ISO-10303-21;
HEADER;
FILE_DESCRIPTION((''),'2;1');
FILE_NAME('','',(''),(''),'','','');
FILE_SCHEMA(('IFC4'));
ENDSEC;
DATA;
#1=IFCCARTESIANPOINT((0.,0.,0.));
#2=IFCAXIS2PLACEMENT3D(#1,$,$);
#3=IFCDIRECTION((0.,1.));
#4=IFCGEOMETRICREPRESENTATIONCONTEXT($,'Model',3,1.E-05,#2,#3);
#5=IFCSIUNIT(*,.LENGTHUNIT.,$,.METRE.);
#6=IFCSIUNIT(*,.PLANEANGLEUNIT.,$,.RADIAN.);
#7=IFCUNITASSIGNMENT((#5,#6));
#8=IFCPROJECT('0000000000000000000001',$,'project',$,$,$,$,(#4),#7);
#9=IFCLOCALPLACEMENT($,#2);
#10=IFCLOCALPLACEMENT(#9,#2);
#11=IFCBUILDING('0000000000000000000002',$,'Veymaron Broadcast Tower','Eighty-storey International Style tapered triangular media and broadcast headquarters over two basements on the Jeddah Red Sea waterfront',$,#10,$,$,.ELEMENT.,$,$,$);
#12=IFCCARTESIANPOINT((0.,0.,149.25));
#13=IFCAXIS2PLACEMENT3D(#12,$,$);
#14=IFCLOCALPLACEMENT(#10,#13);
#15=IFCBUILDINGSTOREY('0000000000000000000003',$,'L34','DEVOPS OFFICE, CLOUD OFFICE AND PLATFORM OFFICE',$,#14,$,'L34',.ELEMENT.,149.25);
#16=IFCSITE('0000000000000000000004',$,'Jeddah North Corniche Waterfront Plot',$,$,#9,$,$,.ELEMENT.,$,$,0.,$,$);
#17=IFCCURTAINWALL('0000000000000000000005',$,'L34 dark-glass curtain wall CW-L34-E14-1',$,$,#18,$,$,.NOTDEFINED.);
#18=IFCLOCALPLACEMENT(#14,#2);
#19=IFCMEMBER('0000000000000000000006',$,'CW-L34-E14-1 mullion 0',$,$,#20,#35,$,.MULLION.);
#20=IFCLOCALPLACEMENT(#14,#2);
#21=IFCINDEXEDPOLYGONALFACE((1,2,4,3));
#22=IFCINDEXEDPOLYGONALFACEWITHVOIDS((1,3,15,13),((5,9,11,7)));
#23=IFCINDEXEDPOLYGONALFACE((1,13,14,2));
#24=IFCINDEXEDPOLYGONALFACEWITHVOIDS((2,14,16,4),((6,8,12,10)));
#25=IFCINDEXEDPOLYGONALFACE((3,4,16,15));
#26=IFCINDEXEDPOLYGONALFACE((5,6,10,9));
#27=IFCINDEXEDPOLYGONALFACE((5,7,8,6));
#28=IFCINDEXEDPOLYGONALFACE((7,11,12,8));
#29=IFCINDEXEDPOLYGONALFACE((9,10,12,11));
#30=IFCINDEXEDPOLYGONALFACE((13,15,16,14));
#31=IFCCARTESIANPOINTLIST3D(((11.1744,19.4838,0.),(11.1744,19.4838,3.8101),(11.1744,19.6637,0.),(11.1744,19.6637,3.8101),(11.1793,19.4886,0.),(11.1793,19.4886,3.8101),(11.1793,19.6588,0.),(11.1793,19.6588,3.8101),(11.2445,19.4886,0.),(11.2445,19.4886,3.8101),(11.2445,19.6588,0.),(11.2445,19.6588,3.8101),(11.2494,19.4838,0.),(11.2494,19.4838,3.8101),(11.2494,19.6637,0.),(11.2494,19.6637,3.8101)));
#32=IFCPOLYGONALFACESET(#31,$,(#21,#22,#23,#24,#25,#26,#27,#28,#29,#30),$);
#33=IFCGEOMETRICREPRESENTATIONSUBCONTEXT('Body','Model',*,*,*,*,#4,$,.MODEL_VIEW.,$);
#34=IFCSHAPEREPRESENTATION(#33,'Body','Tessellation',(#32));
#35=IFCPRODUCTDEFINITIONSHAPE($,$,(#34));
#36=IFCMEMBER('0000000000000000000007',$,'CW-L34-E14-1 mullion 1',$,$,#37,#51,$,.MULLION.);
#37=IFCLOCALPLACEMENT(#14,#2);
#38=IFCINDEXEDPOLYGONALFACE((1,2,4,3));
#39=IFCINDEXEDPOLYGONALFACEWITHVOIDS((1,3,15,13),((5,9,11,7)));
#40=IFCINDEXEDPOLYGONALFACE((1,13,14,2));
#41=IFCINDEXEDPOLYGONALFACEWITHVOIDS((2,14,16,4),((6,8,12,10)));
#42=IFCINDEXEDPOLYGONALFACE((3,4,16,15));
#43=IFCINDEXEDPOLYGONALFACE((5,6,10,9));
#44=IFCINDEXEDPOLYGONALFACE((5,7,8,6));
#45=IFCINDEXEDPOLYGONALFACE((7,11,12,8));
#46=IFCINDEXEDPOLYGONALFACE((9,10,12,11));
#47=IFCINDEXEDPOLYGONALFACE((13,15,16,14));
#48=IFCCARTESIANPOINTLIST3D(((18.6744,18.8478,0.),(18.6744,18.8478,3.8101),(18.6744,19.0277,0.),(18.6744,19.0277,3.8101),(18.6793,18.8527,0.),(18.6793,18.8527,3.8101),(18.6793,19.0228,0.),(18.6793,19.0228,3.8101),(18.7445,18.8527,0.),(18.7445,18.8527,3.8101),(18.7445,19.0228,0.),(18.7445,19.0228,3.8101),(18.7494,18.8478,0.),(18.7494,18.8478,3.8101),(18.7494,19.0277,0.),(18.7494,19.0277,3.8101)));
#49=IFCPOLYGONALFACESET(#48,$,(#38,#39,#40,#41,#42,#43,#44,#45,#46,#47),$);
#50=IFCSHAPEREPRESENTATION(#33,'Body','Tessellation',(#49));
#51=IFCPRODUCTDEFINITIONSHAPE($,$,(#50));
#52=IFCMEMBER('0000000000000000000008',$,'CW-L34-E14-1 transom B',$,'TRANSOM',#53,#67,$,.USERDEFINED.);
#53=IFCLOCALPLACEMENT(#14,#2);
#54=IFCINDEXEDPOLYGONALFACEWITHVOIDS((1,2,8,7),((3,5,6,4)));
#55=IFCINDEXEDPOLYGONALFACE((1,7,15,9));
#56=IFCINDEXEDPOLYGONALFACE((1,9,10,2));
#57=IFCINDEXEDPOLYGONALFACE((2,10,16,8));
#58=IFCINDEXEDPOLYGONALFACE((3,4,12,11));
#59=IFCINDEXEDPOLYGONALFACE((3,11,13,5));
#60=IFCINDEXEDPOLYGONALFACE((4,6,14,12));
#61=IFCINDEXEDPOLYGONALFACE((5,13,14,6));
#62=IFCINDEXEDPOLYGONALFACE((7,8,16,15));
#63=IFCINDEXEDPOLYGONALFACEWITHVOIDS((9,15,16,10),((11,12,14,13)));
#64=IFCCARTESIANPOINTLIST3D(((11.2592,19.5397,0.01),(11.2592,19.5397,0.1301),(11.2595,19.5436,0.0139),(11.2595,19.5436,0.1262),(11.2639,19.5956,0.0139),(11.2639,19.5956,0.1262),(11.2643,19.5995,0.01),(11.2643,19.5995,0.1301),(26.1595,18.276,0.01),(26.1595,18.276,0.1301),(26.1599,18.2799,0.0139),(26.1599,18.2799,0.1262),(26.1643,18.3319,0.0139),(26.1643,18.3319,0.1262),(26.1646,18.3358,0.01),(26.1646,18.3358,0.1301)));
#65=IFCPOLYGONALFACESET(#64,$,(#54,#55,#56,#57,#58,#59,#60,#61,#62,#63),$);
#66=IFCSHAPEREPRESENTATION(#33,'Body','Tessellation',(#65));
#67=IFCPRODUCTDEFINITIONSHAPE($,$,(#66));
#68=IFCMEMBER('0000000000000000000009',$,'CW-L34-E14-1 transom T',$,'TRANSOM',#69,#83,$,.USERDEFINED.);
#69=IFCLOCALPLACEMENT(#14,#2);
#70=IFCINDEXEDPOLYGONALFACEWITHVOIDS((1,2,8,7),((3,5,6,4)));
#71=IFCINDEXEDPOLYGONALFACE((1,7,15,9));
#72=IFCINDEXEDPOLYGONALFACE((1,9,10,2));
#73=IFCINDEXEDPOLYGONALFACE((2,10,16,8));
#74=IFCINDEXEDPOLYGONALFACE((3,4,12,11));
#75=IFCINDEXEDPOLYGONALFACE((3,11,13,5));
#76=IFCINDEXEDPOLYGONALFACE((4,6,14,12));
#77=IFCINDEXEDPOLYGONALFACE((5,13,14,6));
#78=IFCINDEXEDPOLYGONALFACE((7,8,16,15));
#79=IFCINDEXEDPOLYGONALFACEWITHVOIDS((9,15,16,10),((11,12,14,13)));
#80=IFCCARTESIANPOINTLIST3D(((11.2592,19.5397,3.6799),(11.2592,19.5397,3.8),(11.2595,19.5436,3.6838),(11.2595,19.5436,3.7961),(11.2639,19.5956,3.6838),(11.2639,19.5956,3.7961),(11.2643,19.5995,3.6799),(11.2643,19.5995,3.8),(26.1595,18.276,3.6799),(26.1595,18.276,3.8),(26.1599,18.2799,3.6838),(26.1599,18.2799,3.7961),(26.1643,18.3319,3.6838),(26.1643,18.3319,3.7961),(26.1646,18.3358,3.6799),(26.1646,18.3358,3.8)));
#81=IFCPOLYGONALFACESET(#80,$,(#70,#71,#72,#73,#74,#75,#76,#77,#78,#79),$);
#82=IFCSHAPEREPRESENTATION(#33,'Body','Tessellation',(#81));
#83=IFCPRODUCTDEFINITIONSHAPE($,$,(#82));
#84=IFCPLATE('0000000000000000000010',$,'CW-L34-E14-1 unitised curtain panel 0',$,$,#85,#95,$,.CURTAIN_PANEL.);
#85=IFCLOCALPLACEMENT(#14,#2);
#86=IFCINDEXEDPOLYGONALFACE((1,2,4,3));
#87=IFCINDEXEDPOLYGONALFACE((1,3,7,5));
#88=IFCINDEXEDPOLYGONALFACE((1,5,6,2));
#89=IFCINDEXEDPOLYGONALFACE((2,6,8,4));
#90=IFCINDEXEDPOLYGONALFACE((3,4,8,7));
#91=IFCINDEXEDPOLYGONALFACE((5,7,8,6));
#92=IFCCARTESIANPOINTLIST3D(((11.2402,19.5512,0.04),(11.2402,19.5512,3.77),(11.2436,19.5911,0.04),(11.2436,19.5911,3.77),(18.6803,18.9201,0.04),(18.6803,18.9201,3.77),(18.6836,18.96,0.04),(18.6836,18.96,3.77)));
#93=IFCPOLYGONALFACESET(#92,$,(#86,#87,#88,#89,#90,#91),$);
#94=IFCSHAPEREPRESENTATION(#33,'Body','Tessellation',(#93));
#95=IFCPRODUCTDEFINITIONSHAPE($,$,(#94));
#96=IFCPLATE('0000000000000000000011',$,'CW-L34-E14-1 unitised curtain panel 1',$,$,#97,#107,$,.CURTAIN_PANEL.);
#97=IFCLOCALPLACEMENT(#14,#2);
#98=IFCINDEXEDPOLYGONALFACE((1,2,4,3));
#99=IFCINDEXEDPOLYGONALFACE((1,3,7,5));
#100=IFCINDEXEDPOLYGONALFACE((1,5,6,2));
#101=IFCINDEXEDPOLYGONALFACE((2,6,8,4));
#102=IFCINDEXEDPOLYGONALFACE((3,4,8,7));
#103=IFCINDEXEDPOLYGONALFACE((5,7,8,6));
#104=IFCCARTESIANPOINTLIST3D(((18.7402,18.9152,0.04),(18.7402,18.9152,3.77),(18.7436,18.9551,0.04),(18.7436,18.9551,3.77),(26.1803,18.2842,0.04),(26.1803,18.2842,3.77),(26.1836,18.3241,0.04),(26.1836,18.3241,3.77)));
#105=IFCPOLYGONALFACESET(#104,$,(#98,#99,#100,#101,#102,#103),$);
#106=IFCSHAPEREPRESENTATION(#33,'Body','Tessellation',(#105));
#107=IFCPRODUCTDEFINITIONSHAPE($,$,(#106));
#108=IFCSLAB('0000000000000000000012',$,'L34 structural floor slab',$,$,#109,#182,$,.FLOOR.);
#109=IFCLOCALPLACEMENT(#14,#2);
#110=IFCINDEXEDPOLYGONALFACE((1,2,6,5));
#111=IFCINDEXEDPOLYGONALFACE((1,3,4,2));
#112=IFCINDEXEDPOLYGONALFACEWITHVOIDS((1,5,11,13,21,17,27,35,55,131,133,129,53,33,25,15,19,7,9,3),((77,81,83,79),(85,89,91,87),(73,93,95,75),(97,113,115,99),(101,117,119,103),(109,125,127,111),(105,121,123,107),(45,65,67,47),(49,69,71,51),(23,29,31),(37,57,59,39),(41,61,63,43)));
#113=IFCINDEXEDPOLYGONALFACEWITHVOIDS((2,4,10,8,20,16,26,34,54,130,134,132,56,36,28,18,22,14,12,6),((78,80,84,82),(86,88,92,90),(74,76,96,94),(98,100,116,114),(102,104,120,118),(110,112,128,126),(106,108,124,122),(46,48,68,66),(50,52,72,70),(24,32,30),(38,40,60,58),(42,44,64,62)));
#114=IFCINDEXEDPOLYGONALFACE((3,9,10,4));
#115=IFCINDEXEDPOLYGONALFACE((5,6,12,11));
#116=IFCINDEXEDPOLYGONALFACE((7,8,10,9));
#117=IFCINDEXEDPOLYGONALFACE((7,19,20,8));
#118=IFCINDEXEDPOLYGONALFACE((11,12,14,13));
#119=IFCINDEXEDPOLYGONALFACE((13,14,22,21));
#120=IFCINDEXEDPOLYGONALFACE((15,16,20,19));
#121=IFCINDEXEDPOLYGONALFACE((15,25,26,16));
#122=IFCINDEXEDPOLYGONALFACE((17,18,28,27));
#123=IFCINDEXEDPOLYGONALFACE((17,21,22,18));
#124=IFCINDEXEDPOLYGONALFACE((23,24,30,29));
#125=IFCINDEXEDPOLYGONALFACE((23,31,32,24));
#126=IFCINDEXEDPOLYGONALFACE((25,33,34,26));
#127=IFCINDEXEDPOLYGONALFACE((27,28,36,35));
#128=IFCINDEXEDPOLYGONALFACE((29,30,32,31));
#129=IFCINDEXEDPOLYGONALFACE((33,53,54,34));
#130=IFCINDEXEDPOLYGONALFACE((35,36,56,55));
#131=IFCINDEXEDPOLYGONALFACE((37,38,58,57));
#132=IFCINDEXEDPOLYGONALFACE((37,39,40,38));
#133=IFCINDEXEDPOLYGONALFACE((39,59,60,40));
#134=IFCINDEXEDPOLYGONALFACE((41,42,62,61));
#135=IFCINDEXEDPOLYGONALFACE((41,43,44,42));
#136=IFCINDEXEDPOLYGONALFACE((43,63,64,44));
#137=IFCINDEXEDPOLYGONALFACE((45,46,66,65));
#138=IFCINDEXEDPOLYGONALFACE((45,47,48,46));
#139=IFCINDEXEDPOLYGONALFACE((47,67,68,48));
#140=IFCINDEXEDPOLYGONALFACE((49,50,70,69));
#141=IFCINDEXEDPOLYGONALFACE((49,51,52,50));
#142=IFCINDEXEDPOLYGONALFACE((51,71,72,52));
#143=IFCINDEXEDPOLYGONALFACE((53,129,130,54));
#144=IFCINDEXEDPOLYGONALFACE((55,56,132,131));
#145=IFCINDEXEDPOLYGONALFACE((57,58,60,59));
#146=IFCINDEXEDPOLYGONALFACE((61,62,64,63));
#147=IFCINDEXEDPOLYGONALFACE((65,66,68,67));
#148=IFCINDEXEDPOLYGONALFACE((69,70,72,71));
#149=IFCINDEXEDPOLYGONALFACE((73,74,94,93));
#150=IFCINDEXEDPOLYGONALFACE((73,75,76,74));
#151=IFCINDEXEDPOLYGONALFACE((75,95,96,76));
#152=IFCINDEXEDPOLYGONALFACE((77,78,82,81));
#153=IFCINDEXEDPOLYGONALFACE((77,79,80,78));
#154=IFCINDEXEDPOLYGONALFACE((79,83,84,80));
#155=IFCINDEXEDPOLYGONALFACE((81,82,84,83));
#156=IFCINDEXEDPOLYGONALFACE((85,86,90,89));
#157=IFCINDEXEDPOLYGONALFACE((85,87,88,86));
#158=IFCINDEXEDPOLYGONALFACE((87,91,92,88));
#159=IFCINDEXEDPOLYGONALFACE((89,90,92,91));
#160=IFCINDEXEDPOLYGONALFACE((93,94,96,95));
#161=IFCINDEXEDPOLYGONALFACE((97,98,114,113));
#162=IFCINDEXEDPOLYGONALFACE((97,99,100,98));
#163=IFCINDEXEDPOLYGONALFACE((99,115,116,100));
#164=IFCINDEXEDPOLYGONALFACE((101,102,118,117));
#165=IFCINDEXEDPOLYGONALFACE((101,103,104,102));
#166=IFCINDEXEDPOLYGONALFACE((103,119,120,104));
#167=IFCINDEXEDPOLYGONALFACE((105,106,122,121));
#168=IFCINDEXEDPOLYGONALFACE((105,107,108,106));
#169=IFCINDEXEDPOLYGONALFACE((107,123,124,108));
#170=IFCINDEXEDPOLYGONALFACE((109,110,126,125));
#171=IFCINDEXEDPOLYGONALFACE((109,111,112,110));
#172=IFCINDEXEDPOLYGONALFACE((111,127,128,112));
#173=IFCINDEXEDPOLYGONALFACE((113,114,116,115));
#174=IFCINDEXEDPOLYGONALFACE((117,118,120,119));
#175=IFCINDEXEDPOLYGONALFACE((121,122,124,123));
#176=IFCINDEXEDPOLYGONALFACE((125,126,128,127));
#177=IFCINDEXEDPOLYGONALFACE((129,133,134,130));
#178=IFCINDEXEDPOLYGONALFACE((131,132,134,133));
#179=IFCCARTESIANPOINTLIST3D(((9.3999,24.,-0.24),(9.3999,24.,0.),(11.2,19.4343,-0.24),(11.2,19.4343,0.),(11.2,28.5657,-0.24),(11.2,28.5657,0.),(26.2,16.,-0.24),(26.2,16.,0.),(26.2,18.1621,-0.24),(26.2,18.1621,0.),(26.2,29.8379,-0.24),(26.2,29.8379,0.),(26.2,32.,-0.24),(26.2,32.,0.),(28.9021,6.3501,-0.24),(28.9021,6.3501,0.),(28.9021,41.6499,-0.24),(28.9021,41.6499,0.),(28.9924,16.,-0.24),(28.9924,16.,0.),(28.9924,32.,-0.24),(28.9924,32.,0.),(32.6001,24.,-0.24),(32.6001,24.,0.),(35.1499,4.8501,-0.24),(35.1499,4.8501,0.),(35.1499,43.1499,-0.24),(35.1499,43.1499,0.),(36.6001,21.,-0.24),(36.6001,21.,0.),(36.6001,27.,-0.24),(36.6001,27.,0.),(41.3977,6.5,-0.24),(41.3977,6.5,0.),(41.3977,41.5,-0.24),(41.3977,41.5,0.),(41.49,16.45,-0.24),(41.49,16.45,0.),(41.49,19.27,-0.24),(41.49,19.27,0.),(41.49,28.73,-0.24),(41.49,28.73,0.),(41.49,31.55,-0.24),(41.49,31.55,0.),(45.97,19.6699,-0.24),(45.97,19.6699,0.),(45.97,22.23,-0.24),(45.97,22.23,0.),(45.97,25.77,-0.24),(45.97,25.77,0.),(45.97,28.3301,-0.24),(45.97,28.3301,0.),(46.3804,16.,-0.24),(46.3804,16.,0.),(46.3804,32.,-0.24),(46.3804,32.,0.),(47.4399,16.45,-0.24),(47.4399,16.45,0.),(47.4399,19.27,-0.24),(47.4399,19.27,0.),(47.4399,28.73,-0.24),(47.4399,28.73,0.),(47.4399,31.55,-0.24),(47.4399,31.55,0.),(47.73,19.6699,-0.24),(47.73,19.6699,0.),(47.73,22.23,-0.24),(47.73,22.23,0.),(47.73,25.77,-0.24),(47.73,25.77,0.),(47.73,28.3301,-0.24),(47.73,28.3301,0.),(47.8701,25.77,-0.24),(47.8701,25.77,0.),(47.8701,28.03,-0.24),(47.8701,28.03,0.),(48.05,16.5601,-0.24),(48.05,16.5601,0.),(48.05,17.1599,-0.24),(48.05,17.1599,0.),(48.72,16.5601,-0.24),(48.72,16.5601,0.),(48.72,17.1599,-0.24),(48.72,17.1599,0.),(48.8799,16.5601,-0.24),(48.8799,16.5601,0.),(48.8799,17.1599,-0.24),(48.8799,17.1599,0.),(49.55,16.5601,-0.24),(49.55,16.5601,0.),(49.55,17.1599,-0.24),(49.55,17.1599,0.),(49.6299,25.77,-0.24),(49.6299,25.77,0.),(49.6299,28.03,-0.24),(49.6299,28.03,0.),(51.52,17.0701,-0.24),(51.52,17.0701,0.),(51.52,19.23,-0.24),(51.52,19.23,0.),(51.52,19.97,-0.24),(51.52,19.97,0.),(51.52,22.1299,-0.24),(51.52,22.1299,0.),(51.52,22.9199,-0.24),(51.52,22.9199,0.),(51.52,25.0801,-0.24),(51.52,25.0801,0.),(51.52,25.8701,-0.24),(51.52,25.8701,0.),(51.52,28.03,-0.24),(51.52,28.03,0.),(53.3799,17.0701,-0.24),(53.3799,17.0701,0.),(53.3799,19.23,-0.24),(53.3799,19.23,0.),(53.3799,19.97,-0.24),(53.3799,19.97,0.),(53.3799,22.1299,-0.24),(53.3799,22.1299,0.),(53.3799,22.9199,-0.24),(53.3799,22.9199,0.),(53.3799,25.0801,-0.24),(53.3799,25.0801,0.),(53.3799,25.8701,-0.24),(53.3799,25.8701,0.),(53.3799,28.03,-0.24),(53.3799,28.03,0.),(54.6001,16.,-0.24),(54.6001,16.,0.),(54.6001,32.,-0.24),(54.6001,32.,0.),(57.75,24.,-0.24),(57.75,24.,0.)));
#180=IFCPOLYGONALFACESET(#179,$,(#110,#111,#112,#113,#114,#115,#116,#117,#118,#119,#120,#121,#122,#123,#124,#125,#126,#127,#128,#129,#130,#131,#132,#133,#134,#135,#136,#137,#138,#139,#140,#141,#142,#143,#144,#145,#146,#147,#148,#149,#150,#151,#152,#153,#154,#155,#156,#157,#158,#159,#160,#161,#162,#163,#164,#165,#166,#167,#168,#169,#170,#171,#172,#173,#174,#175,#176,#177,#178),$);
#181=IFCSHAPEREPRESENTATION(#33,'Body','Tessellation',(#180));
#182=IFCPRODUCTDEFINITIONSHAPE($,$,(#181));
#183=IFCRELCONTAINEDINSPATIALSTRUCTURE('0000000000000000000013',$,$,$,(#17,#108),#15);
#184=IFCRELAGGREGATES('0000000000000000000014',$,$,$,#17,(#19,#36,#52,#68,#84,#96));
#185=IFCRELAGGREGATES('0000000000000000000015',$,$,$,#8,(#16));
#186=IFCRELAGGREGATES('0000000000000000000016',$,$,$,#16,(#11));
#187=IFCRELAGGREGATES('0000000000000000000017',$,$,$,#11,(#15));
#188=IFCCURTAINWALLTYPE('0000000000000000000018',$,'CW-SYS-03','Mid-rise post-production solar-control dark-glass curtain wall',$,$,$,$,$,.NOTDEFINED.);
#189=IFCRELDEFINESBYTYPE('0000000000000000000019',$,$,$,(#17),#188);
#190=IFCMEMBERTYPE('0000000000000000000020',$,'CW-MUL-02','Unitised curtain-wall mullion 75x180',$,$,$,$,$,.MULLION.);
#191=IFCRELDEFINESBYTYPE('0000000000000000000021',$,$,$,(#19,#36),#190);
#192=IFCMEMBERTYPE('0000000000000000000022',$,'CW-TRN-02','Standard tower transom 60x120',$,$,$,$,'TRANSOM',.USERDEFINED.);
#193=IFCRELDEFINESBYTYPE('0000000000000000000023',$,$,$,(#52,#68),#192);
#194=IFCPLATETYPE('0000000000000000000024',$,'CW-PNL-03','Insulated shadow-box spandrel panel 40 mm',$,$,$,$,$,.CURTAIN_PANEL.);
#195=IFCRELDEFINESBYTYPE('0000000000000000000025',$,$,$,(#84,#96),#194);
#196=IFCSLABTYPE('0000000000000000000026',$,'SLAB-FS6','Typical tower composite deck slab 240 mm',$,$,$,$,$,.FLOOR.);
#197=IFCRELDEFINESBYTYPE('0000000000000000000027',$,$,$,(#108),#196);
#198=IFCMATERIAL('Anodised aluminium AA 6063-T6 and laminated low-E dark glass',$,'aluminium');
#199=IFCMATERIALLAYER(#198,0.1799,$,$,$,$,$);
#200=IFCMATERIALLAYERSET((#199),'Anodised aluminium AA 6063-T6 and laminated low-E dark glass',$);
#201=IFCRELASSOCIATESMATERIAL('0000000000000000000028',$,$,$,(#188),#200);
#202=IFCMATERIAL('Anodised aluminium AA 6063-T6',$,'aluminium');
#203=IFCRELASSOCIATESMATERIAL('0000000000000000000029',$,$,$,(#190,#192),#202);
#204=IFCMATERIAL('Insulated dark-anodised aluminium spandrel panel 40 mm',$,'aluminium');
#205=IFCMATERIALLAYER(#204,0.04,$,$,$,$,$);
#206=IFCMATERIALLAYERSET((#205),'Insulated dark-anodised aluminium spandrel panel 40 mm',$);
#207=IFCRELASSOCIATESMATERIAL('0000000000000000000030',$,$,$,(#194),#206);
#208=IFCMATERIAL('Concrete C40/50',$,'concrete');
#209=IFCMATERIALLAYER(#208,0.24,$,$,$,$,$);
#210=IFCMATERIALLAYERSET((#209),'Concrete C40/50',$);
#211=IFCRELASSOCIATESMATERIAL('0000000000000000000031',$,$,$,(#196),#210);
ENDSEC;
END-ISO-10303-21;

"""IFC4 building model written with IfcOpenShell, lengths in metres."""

from ifc_helpers import new_model, si_unit, direction, frame, origin, origin_2d, place, context, subcontext, project, spatial, polyline, rectangle, hollow_rectangle, outline, extrude, material, layer, layer_set, material_profile, profile_set, type_object, element, aggregate, save


model = new_model("IFC4")

# Units and contexts
model_context = context("Model", 3, precision=1e-05, world=origin(), true_north=direction((0.0, 1.0)))
body_context = subcontext(model_context, "Body", "Model", "MODEL_VIEW")
ifc_project = project(units=[si_unit("LENGTHUNIT", "METRE"), si_unit("PLANEANGLEUNIT", "RADIAN")], contexts=[model_context])

# Site, building, storey
site_placement = place(None, origin())
site = spatial("IfcSite", under=ifc_project, at=site_placement, Name="Jeddah North Corniche Waterfront Plot", CompositionType="ELEMENT", RefElevation=0.0)
building_placement = place(site_placement, origin())
building = spatial("IfcBuilding", under=site, at=building_placement, Name="Veymaron Broadcast Tower", Description="Eighty-storey International Style tapered triangular media and broadcast headquarters over two basements on the Jeddah Red Sea waterfront", CompositionType="ELEMENT")
storey_placement = place(building_placement, frame((0.0, 0.0, 149.25)))
storey = spatial("IfcBuildingStorey", under=building, at=storey_placement, Name="L34", Description="DEVOPS OFFICE, CLOUD OFFICE AND PLATFORM OFFICE", LongName="L34", CompositionType="ELEMENT", Elevation=149.25)

# Curtain wall, members, plates
ifc_material_1 = material(Name="Anodised aluminium AA 6063-T6 and laminated low-E dark glass", Category="aluminium")
ifc_layer_1 = layer(ifc_material_1, 0.1799)
ifc_layer_set_1 = layer_set([ifc_layer_1], Name="Anodised aluminium AA 6063-T6 and laminated low-E dark glass")
curtain_wall_type = type_object("IfcCurtainWallType", Name="CW-SYS-03", Description="Mid-rise post-production solar-control dark-glass curtain wall", PredefinedType="NOTDEFINED", material=ifc_layer_set_1)
curtain_wall_placement = place(storey_placement, origin())
curtain_wall = element("IfcCurtainWall", 1, at=curtain_wall_placement, inside=storey, type_object=curtain_wall_type, Name="L34 dark-glass curtain wall CW-L34-E14-1", PredefinedType="NOTDEFINED")
ifc_material_2 = material(Name="Anodised aluminium AA 6063-T6", Category="aluminium")
ifc_material_profile_1 = material_profile(ifc_material_2, hollow_rectangle(XDim=0.075, YDim=0.1799, WallThickness=0.0049, at=origin_2d()), Name="AL180X75X5")
ifc_profile_set_1 = profile_set([ifc_material_profile_1], Name="Anodised aluminium AA 6063-T6")
member_type_1 = type_object("IfcMemberType", Name="CW-MUL-02", Description="Unitised curtain-wall mullion 75x180", PredefinedType="MULLION", material=ifc_profile_set_1)
member_1_placement = place(storey_placement, frame((11.2119, 19.5737, 0.0), z_axis=(0.0, 0.0, 1.0), x_axis=(1.0, 0.0, 0.0)))
member_1 = element("IfcMember", 2, at=member_1_placement, type_object=member_type_1, Name="CW-L34-E14-1 mullion 0", PredefinedType="MULLION", context=body_context, shape_type="SweptSolid", body=[
    extrude(hollow_rectangle(XDim=0.075, YDim=0.1799, WallThickness=0.0049, at=origin_2d()), origin(), (0.0, 0.0, 1.0), 3.8101),
])
member_2_placement = place(storey_placement, frame((18.7119, 18.9377, 0.0), z_axis=(0.0, 0.0, 1.0), x_axis=(1.0, 0.0, 0.0)))
member_2 = element("IfcMember", 3, at=member_2_placement, type_object=member_type_1, Name="CW-L34-E14-1 mullion 1", PredefinedType="MULLION", context=body_context, shape_type="SweptSolid", body=[
    extrude(hollow_rectangle(XDim=0.075, YDim=0.1799, WallThickness=0.0049, at=origin_2d()), origin(), (0.0, 0.0, 1.0), 3.8101),
])
ifc_material_profile_2 = material_profile(ifc_material_2, hollow_rectangle(XDim=0.0601, YDim=0.1201, WallThickness=0.0039, at=origin_2d()), Name="AL120X60X4")
ifc_profile_set_2 = profile_set([ifc_material_profile_2], Name="Anodised aluminium AA 6063-T6")
member_type_2 = type_object("IfcMemberType", Name="CW-TRN-02", Description="Standard tower transom 60x120", ElementType="TRANSOM", PredefinedType="USERDEFINED", material=ifc_profile_set_2)
member_3_placement = place(storey_placement, frame((11.2617, 19.5696, 0.0701), z_axis=(0.996423, -0.084505, 0.0), x_axis=(0.084505, 0.996423, 0.0)))
member_3 = element("IfcMember", 4, at=member_3_placement, type_object=member_type_2, Name="CW-L34-E14-1 transom B", ObjectType="TRANSOM", PredefinedType="USERDEFINED", context=body_context, shape_type="SweptSolid", body=[
    extrude(hollow_rectangle(XDim=0.0601, YDim=0.1201, WallThickness=0.0039, at=origin_2d()), origin(), (0.0, 0.0, 1.0), 14.9539),
])
member_4_placement = place(storey_placement, frame((11.2617, 19.5696, 3.74), z_axis=(0.996423, -0.084505, 0.0), x_axis=(0.084505, 0.996423, 0.0)))
member_4 = element("IfcMember", 5, at=member_4_placement, type_object=member_type_2, Name="CW-L34-E14-1 transom T", ObjectType="TRANSOM", PredefinedType="USERDEFINED", context=body_context, shape_type="SweptSolid", body=[
    extrude(hollow_rectangle(XDim=0.0601, YDim=0.1201, WallThickness=0.0039, at=origin_2d()), origin(), (0.0, 0.0, 1.0), 14.9539),
])
ifc_material_3 = material(Name="Insulated dark-anodised aluminium spandrel panel 40 mm", Category="aluminium")
ifc_layer_2 = layer(ifc_material_3, 0.04)
ifc_layer_set_2 = layer_set([ifc_layer_2], Name="Insulated dark-anodised aluminium spandrel panel 40 mm")
plate_type = type_object("IfcPlateType", Name="CW-PNL-03", Description="Insulated shadow-box spandrel panel 40 mm", PredefinedType="CURTAIN_PANEL", material=ifc_layer_set_2)
plate_1_placement = place(storey_placement, frame((14.9619, 19.2556, 0.04), z_axis=(0.0, 0.0, 1.0), x_axis=(0.996422, -0.084513, 0.0)))
plate_1 = element("IfcPlate", 6, at=plate_1_placement, type_object=plate_type, Name="CW-L34-E14-1 unitised curtain panel 0", PredefinedType="CURTAIN_PANEL", context=body_context, shape_type="SweptSolid", body=[
    extrude(rectangle(XDim=7.4668, YDim=0.04, at=origin_2d()), origin(), (0.0, 0.0, 1.0), 3.73),
])
plate_2_placement = place(storey_placement, frame((22.4619, 18.6196, 0.04), z_axis=(0.0, 0.0, 1.0), x_axis=(0.996422, -0.084513, 0.0)))
plate_2 = element("IfcPlate", 7, at=plate_2_placement, type_object=plate_type, Name="CW-L34-E14-1 unitised curtain panel 1", PredefinedType="CURTAIN_PANEL", context=body_context, shape_type="SweptSolid", body=[
    extrude(rectangle(XDim=7.4668, YDim=0.04, at=origin_2d()), origin(), (0.0, 0.0, 1.0), 3.73),
])
aggregate(curtain_wall, [member_1, member_2, member_3, member_4, plate_1, plate_2])

# Slab
ifc_material_4 = material(Name="Concrete C40/50", Category="concrete")
ifc_layer_3 = layer(ifc_material_4, 0.24)
ifc_layer_set_3 = layer_set([ifc_layer_3], Name="Concrete C40/50")
slab_type_1 = type_object("IfcSlabType", Name="SLAB-FS6", Description="Typical tower composite deck slab 240 mm", PredefinedType="FLOOR", material=ifc_layer_set_3)
slab_1_placement = place(storey_placement, frame((0.0, 0.0, -0.24)))
element("IfcSlab", 8, at=slab_1_placement, inside=storey, type_object=slab_type_1, Name="L34 structural floor slab", PredefinedType="FLOOR", context=body_context, shape_type="SweptSolid", body=[
    extrude(outline(polyline([(46.3804, 16.0), (54.6001, 16.0), (57.75, 24.0), (54.6001, 32.0), (46.3804, 32.0), (41.3977, 41.5), (35.1499, 43.1499), (28.9021, 41.6499), (28.9924, 32.0), (26.2, 32.0), (26.2, 29.8379), (11.2, 28.5657), (9.3999, 24.0), (11.2, 19.4343), (26.2, 18.1621), (26.2, 16.0), (28.9924, 16.0), (28.9021, 6.3501), (35.1499, 4.8501), (41.3977, 6.5), (46.3804, 16.0)]), holes=[polyline([(45.97, 28.3301), (47.73, 28.3301), (47.73, 25.77), (45.97, 25.77), (45.97, 28.3301)]), polyline([(45.97, 22.23), (47.73, 22.23), (47.73, 19.6699), (45.97, 19.6699), (45.97, 22.23)]), polyline([(47.8701, 28.03), (49.6299, 28.03), (49.6299, 25.77), (47.8701, 25.77), (47.8701, 28.03)]), polyline([(51.52, 28.03), (53.3799, 28.03), (53.3799, 25.8701), (51.52, 25.8701), (51.52, 28.03)]), polyline([(51.52, 22.1299), (53.3799, 22.1299), (53.3799, 19.97), (51.52, 19.97), (51.52, 22.1299)]), polyline([(51.52, 25.0801), (53.3799, 25.0801), (53.3799, 22.9199), (51.52, 22.9199), (51.52, 25.0801)]), polyline([(51.52, 19.23), (53.3799, 19.23), (53.3799, 17.0701), (51.52, 17.0701), (51.52, 19.23)]), polyline([(48.05, 17.1599), (48.72, 17.1599), (48.72, 16.5601), (48.05, 16.5601), (48.05, 17.1599)]), polyline([(48.8799, 17.1599), (49.55, 17.1599), (49.55, 16.5601), (48.8799, 16.5601), (48.8799, 17.1599)]), polyline([(36.6001, 27.0), (36.6001, 21.0), (32.6001, 24.0), (36.6001, 27.0)]), polyline([(41.49, 31.55), (47.4399, 31.55), (47.4399, 28.73), (41.49, 28.73), (41.49, 31.55)]), polyline([(41.49, 19.27), (47.4399, 19.27), (47.4399, 16.45), (41.49, 16.45), (41.49, 19.27)])]), origin(), (0.0, 0.0, 1.0), 0.24),
])

save(model, "model.ifc")
